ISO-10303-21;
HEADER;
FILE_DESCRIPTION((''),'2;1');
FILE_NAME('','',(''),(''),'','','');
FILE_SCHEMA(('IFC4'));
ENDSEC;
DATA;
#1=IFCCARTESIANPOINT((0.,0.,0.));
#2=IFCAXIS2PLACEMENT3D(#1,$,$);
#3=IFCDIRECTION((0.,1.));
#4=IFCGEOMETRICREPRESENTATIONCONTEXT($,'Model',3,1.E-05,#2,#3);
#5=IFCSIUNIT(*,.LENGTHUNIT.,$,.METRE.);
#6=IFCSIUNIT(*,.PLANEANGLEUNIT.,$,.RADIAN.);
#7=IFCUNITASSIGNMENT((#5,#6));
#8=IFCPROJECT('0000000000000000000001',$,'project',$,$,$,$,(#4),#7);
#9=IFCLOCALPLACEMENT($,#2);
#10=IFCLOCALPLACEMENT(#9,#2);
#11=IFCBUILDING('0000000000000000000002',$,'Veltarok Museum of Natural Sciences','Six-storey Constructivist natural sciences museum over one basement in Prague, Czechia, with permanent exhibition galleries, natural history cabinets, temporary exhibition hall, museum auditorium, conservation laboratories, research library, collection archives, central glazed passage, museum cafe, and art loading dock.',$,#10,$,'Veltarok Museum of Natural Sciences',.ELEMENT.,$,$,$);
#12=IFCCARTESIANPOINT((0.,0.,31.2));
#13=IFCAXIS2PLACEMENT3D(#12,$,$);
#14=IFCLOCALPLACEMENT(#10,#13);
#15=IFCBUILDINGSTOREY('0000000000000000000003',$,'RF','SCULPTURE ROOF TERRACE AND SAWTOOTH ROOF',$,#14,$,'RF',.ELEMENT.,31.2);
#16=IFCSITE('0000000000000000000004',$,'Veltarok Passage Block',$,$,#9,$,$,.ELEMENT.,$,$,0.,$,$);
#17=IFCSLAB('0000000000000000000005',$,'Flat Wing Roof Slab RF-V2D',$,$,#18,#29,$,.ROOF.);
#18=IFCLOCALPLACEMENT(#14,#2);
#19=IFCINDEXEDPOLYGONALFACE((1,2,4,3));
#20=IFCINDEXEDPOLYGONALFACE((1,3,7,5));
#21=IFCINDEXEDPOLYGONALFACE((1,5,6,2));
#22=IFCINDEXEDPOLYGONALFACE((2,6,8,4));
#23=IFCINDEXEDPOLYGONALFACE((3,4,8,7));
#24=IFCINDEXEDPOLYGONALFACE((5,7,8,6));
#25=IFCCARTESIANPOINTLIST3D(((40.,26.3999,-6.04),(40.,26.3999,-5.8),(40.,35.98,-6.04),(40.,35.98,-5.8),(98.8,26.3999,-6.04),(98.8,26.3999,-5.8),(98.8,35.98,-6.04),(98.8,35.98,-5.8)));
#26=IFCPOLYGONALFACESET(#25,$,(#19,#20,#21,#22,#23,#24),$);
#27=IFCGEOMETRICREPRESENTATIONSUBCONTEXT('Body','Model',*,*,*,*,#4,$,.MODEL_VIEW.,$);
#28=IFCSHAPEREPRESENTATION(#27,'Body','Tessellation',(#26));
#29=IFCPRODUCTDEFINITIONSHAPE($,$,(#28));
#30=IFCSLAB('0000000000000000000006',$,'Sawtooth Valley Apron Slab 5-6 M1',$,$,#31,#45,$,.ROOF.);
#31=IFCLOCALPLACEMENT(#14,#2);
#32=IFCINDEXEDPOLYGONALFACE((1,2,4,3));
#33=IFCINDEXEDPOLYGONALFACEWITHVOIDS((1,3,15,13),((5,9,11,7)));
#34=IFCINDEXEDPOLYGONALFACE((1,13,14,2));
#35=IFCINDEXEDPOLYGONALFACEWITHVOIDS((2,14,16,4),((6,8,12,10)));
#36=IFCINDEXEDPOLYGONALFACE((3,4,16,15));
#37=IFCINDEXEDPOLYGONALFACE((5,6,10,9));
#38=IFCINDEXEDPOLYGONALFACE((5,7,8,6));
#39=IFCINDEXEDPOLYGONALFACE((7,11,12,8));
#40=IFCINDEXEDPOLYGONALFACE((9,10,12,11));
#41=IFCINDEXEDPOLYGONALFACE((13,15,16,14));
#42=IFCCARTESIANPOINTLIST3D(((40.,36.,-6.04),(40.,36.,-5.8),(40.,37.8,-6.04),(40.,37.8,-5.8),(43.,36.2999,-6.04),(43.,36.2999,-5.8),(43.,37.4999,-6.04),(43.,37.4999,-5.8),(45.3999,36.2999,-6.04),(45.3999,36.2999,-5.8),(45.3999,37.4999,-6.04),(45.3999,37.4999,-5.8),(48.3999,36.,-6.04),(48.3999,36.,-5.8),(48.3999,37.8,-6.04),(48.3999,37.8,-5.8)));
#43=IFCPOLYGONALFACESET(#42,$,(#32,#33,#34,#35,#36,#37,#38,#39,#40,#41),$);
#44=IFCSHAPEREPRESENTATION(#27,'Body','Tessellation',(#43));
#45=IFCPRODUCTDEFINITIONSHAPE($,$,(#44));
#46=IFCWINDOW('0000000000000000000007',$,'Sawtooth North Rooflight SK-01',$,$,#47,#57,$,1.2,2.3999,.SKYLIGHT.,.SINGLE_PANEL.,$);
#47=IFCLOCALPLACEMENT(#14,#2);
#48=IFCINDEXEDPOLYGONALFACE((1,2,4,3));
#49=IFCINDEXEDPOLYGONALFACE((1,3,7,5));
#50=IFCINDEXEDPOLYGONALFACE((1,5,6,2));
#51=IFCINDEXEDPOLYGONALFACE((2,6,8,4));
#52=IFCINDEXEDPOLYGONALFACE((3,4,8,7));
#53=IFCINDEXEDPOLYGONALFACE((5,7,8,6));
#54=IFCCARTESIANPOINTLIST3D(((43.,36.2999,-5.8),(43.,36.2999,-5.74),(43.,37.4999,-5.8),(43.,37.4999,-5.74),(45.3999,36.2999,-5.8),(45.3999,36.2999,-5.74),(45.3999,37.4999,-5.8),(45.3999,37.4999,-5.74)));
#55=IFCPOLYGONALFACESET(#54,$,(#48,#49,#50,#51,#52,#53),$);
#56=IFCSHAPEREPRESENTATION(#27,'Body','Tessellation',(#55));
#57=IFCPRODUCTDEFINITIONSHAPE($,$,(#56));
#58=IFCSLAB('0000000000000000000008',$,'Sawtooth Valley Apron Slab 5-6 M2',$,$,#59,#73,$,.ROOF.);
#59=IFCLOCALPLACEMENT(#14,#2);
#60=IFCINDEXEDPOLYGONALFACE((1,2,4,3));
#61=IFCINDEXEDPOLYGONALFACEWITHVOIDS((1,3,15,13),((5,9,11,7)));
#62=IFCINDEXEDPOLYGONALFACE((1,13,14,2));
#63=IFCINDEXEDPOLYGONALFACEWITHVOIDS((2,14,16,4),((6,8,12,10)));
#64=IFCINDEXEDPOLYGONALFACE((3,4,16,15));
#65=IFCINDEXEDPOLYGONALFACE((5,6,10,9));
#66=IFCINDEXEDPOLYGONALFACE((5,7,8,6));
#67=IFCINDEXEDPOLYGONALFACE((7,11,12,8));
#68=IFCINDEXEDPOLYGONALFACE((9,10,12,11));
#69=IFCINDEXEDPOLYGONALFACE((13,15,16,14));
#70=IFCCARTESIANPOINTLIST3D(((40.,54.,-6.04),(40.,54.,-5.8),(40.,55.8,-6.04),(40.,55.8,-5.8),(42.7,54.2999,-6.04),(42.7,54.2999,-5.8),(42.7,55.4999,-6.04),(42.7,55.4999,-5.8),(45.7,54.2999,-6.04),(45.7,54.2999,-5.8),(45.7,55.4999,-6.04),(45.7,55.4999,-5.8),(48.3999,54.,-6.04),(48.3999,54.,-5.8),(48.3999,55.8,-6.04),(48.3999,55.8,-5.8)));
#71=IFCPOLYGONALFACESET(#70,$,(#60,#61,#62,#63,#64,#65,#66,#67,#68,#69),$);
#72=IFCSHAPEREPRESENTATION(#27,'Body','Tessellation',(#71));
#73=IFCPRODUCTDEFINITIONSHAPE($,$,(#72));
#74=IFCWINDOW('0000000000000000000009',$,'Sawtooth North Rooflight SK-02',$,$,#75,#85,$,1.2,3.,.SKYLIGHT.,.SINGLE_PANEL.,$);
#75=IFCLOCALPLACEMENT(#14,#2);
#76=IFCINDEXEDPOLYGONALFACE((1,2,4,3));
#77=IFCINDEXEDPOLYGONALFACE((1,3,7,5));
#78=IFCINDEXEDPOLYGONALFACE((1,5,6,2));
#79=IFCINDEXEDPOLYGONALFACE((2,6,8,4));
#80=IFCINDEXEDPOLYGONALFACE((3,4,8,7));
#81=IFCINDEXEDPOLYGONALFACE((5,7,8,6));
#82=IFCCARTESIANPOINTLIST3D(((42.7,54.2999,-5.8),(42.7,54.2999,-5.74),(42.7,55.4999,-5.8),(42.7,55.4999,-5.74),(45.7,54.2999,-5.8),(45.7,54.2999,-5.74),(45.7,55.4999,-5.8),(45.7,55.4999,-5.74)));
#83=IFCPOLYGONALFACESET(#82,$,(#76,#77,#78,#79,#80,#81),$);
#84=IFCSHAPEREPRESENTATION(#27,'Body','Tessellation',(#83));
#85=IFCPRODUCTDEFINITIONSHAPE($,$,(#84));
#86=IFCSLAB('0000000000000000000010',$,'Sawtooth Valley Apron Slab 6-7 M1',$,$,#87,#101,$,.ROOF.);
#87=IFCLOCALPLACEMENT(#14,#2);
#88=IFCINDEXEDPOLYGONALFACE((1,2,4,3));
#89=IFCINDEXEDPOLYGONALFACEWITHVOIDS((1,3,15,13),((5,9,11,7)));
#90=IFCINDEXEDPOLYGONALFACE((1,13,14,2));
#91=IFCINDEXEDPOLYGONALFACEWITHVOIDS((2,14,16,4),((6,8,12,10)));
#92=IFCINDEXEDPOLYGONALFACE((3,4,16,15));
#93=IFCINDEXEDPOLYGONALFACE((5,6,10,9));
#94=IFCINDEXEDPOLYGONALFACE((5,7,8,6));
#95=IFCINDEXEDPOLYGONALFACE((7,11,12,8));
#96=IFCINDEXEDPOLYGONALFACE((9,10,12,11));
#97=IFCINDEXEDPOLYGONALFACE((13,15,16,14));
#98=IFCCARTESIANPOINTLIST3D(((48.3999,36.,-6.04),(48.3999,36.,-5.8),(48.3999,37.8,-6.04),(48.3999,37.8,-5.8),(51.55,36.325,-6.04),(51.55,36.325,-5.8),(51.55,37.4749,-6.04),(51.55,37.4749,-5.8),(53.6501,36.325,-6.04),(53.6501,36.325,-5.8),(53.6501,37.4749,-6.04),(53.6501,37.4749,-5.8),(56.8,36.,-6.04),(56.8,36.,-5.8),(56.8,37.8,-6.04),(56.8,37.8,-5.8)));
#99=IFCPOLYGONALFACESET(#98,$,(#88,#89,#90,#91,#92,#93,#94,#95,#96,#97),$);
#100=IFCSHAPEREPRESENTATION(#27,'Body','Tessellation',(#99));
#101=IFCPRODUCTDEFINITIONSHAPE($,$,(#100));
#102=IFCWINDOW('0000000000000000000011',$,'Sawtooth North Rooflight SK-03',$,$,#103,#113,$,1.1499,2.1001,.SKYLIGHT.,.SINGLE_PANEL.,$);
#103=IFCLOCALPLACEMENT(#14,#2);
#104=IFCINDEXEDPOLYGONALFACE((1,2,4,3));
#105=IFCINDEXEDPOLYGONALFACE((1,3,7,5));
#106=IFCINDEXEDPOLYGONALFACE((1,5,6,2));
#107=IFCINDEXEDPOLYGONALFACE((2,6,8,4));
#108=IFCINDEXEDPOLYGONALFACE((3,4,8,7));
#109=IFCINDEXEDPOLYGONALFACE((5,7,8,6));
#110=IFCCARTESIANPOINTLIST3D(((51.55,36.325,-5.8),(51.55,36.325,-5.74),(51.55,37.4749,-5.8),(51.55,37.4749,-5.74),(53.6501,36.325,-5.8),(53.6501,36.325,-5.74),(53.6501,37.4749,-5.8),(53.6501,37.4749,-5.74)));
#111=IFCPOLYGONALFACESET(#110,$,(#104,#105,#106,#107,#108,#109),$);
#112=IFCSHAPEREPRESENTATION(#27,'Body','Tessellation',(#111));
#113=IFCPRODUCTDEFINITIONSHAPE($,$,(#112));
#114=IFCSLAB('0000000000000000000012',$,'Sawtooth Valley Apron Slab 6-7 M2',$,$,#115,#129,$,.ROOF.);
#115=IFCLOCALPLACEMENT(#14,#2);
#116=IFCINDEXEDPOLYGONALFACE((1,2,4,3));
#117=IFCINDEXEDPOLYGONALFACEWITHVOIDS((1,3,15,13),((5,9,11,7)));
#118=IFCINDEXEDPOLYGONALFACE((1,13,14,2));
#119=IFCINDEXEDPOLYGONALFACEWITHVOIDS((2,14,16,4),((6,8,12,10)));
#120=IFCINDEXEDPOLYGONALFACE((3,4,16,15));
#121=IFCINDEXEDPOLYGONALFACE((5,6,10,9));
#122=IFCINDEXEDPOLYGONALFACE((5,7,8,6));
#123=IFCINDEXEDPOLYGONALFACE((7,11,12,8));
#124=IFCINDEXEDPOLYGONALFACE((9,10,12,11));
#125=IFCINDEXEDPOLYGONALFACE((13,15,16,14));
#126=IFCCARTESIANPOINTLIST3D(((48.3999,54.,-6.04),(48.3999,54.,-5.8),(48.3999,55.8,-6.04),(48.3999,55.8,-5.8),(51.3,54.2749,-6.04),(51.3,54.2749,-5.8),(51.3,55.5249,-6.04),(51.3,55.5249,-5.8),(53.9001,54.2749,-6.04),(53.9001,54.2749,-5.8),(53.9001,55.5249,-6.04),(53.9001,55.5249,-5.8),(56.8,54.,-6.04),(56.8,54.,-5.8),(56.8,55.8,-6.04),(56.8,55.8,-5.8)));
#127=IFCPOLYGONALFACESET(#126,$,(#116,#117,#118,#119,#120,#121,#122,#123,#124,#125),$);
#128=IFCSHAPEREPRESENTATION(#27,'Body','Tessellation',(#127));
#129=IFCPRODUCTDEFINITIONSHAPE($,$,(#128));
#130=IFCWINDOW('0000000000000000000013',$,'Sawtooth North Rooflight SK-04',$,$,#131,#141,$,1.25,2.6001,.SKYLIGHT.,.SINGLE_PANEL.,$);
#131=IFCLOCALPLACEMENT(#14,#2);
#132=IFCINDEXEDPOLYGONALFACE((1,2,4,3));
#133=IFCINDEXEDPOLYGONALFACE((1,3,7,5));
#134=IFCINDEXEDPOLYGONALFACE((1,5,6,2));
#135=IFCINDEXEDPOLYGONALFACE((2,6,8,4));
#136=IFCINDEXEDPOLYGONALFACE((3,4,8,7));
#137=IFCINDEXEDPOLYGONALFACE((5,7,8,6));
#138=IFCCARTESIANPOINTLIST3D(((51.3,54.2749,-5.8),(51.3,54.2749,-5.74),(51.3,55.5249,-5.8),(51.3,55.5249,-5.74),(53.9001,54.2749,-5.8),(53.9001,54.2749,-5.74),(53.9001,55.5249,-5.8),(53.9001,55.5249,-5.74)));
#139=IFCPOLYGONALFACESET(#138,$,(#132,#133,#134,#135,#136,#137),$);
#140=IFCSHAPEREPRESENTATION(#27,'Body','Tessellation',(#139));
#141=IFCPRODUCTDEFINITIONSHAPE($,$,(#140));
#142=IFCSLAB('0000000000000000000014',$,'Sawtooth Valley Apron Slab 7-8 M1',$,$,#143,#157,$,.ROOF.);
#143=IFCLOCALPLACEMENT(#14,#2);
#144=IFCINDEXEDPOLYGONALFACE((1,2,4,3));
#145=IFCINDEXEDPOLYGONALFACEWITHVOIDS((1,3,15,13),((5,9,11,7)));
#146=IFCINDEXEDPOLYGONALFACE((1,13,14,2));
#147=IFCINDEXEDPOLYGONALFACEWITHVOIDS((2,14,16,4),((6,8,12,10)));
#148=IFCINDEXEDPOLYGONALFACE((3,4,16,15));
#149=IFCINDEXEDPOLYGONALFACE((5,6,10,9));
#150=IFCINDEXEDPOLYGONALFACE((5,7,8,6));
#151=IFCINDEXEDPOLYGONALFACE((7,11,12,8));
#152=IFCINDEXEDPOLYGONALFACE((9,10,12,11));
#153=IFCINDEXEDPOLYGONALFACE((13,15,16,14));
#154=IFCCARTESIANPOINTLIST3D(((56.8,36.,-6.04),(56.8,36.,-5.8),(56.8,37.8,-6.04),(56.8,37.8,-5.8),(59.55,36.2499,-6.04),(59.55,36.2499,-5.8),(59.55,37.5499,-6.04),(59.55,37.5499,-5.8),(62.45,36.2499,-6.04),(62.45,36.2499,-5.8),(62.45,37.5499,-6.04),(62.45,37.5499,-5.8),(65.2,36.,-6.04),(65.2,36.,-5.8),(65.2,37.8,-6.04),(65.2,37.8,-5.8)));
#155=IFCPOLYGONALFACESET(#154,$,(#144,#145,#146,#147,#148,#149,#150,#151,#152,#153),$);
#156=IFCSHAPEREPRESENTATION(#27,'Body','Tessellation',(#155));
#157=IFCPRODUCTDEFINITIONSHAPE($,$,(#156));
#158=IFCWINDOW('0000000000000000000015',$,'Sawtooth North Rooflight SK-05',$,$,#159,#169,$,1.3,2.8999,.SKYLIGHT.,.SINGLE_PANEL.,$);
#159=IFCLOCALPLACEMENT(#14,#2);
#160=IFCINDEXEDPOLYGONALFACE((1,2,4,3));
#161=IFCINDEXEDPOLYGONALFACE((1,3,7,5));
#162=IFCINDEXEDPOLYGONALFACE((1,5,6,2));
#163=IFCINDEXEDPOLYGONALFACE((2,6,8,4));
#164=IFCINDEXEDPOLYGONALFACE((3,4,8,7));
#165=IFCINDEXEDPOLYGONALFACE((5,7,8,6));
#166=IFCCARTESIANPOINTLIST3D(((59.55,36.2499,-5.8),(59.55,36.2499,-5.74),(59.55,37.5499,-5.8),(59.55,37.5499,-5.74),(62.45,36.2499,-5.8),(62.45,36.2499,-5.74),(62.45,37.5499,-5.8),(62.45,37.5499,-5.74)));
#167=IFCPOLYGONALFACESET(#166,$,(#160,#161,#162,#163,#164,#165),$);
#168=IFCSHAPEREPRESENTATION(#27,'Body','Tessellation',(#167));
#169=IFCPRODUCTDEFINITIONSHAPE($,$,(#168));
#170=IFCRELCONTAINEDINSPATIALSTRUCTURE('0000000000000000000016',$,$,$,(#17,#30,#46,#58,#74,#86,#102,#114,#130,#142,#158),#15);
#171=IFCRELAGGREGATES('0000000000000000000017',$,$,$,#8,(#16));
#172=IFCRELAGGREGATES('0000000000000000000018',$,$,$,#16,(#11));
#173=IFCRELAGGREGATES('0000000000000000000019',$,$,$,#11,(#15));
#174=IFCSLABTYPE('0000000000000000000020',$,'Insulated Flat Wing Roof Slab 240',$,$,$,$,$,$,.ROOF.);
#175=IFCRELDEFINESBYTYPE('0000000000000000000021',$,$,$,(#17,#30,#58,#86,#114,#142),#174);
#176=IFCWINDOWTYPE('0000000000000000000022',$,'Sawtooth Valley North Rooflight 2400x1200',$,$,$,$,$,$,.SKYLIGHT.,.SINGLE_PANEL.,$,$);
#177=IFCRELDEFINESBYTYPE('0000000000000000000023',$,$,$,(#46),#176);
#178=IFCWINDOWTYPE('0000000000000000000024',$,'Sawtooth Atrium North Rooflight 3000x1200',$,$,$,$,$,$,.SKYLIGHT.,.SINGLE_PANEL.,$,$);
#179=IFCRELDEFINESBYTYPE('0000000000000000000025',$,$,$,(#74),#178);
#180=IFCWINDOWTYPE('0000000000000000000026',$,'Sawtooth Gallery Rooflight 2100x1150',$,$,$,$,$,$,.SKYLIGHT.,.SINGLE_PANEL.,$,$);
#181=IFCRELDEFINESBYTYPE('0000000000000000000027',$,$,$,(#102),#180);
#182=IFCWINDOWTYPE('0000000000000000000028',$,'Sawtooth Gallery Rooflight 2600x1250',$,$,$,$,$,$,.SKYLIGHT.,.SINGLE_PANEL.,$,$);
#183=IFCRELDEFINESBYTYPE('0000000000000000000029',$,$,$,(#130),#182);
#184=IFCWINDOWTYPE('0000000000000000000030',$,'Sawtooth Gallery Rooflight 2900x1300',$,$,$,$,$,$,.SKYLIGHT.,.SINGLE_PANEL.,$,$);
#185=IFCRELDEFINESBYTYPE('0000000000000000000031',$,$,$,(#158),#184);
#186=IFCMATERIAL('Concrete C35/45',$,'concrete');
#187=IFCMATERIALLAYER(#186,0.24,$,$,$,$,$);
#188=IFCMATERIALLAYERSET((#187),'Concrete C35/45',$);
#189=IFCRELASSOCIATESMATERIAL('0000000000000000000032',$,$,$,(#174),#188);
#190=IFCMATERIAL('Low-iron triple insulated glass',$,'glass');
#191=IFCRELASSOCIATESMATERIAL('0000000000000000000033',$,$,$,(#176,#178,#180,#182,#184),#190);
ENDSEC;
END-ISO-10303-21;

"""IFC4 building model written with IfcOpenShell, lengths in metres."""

from ifc_helpers import new_model, si_unit, direction, frame, origin, origin_2d, place, context, subcontext, project, spatial, polyline, rectangle, outline, extrude, material, layer, layer_set, type_object, element, fill, save


model = new_model("IFC4")

# Units and contexts
model_context = context("Model", 3, precision=1e-05, world=origin(), true_north=direction((0.0, 1.0)))
body_context = subcontext(model_context, "Body", "Model", "MODEL_VIEW")
ifc_project = project(units=[si_unit("LENGTHUNIT", "METRE"), si_unit("PLANEANGLEUNIT", "RADIAN")], contexts=[model_context])

# Site, building, storey
site_placement = place(None, origin())
site = spatial("IfcSite", under=ifc_project, at=site_placement, Name="Veltarok Passage Block", CompositionType="ELEMENT", RefElevation=0.0)
building_placement = place(site_placement, origin())
building = spatial("IfcBuilding", under=site, at=building_placement, Name="Veltarok Museum of Natural Sciences", Description="Six-storey Constructivist natural sciences museum over one basement in Prague, Czechia, with permanent exhibition galleries, natural history cabinets, temporary exhibition hall, museum auditorium, conservation laboratories, research library, collection archives, central glazed passage, museum cafe, and art loading dock.", LongName="Veltarok Museum of Natural Sciences", CompositionType="ELEMENT")
storey_placement = place(building_placement, frame((0.0, 0.0, 31.2)))
storey = spatial("IfcBuildingStorey", under=building, at=storey_placement, Name="RF", Description="SCULPTURE ROOF TERRACE AND SAWTOOTH ROOF", LongName="RF", CompositionType="ELEMENT", Elevation=31.2)

# Slab
ifc_material_1 = material(Name="Concrete C35/45", Category="concrete")
ifc_layer = layer(ifc_material_1, 0.24)
ifc_layer_set = layer_set([ifc_layer], Name="Concrete C35/45")
slab_type = type_object("IfcSlabType", Name="Insulated Flat Wing Roof Slab 240", PredefinedType="ROOF", material=ifc_layer_set)
slab_1_placement = place(storey_placement, frame((0.0, 0.0, -6.04)))
element("IfcSlab", 1, at=slab_1_placement, inside=storey, type_object=slab_type, Name="Flat Wing Roof Slab RF-V2D", PredefinedType="ROOF", context=body_context, shape_type="SweptSolid", body=[
    extrude(outline(polyline([(40.0, 26.3999), (40.0, 35.98), (98.8, 35.98), (98.8, 26.3999), (40.0, 26.3999)])), origin(), (0.0, 0.0, 1.0), 0.24),
])

# Slabs, openings, windows
slab_2_placement = place(storey_placement, frame((0.0, 0.0, -6.04)))
slab_2 = element("IfcSlab", 2, at=slab_2_placement, inside=storey, type_object=slab_type, Name="Sawtooth Valley Apron Slab 5-6 M1", PredefinedType="ROOF", context=body_context, shape_type="SweptSolid", body=[
    extrude(outline(polyline([(40.0, 36.0), (48.3999, 36.0), (48.3999, 37.8), (40.0, 37.8), (40.0, 36.0)])), origin(), (0.0, 0.0, 1.0), 0.24),
])
opening_1_placement = place(slab_2_placement, frame((44.2, 36.8999, -0.01)))
opening_1 = element("IfcOpeningElement", 3, at=opening_1_placement, cuts=slab_2, PredefinedType="OPENING", context=body_context, shape_type="SweptSolid", body=[
    extrude(rectangle(XDim=2.3999, YDim=1.2, at=origin_2d()), origin(), (0.0, 0.0, 1.0), 0.3201),
])
ifc_material_2 = material(Name="Low-iron triple insulated glass", Category="glass")
window_type_1 = type_object("IfcWindowType", Name="Sawtooth Valley North Rooflight 2400x1200", PartitioningType="SINGLE_PANEL", PredefinedType="SKYLIGHT", material=ifc_material_2)
window_1_placement = place(slab_2_placement, frame((44.2, 36.8999, 0.24)))
window_1 = element("IfcWindow", 4, at=window_1_placement, inside=storey, type_object=window_type_1, Name="Sawtooth North Rooflight SK-01", OverallHeight=1.2, OverallWidth=2.3999, PartitioningType="SINGLE_PANEL", PredefinedType="SKYLIGHT", context=body_context, shape_type="SweptSolid", body=[
    extrude(rectangle(XDim=2.3999, YDim=1.2, at=origin_2d()), origin(), (0.0, 0.0, 1.0), 0.0601),
])
fill(opening_1, window_1)
slab_3_placement = place(storey_placement, frame((0.0, 0.0, -6.04)))
slab_3 = element("IfcSlab", 5, at=slab_3_placement, inside=storey, type_object=slab_type, Name="Sawtooth Valley Apron Slab 5-6 M2", PredefinedType="ROOF", context=body_context, shape_type="SweptSolid", body=[
    extrude(outline(polyline([(40.0, 54.0), (48.3999, 54.0), (48.3999, 55.8), (40.0, 55.8), (40.0, 54.0)])), origin(), (0.0, 0.0, 1.0), 0.24),
])
opening_2_placement = place(slab_3_placement, frame((44.2, 54.8999, -0.01)))
opening_2 = element("IfcOpeningElement", 6, at=opening_2_placement, cuts=slab_3, PredefinedType="OPENING", context=body_context, shape_type="SweptSolid", body=[
    extrude(rectangle(XDim=3.0, YDim=1.2, at=origin_2d()), origin(), (0.0, 0.0, 1.0), 0.3201),
])
window_type_2 = type_object("IfcWindowType", Name="Sawtooth Atrium North Rooflight 3000x1200", PartitioningType="SINGLE_PANEL", PredefinedType="SKYLIGHT", material=ifc_material_2)
window_2_placement = place(slab_3_placement, frame((44.2, 54.8999, 0.24)))
window_2 = element("IfcWindow", 7, at=window_2_placement, inside=storey, type_object=window_type_2, Name="Sawtooth North Rooflight SK-02", OverallHeight=1.2, OverallWidth=3.0, PartitioningType="SINGLE_PANEL", PredefinedType="SKYLIGHT", context=body_context, shape_type="SweptSolid", body=[
    extrude(rectangle(XDim=3.0, YDim=1.2, at=origin_2d()), origin(), (0.0, 0.0, 1.0), 0.0601),
])
fill(opening_2, window_2)
slab_4_placement = place(storey_placement, frame((0.0, 0.0, -6.04)))
slab_4 = element("IfcSlab", 8, at=slab_4_placement, inside=storey, type_object=slab_type, Name="Sawtooth Valley Apron Slab 6-7 M1", PredefinedType="ROOF", context=body_context, shape_type="SweptSolid", body=[
    extrude(outline(polyline([(48.3999, 36.0), (56.8, 36.0), (56.8, 37.8), (48.3999, 37.8), (48.3999, 36.0)])), origin(), (0.0, 0.0, 1.0), 0.24),
])
opening_3_placement = place(slab_4_placement, frame((52.6001, 36.8999, -0.01)))
opening_3 = element("IfcOpeningElement", 9, at=opening_3_placement, cuts=slab_4, PredefinedType="OPENING", context=body_context, shape_type="SweptSolid", body=[
    extrude(rectangle(XDim=2.1001, YDim=1.1499, at=origin_2d()), origin(), (0.0, 0.0, 1.0), 0.3201),
])
window_type_3 = type_object("IfcWindowType", Name="Sawtooth Gallery Rooflight 2100x1150", PartitioningType="SINGLE_PANEL", PredefinedType="SKYLIGHT", material=ifc_material_2)
window_3_placement = place(slab_4_placement, frame((52.6001, 36.8999, 0.24)))
window_3 = element("IfcWindow", 10, at=window_3_placement, inside=storey, type_object=window_type_3, Name="Sawtooth North Rooflight SK-03", OverallHeight=1.1499, OverallWidth=2.1001, PartitioningType="SINGLE_PANEL", PredefinedType="SKYLIGHT", context=body_context, shape_type="SweptSolid", body=[
    extrude(rectangle(XDim=2.1001, YDim=1.1499, at=origin_2d()), origin(), (0.0, 0.0, 1.0), 0.0601),
])
fill(opening_3, window_3)
slab_5_placement = place(storey_placement, frame((0.0, 0.0, -6.04)))
slab_5 = element("IfcSlab", 11, at=slab_5_placement, inside=storey, type_object=slab_type, Name="Sawtooth Valley Apron Slab 6-7 M2", PredefinedType="ROOF", context=body_context, shape_type="SweptSolid", body=[
    extrude(outline(polyline([(48.3999, 54.0), (56.8, 54.0), (56.8, 55.8), (48.3999, 55.8), (48.3999, 54.0)])), origin(), (0.0, 0.0, 1.0), 0.24),
])
opening_4_placement = place(slab_5_placement, frame((52.6001, 54.8999, -0.01)))
opening_4 = element("IfcOpeningElement", 12, at=opening_4_placement, cuts=slab_5, PredefinedType="OPENING", context=body_context, shape_type="SweptSolid", body=[
    extrude(rectangle(XDim=2.6001, YDim=1.25, at=origin_2d()), origin(), (0.0, 0.0, 1.0), 0.3201),
])
window_type_4 = type_object("IfcWindowType", Name="Sawtooth Gallery Rooflight 2600x1250", PartitioningType="SINGLE_PANEL", PredefinedType="SKYLIGHT", material=ifc_material_2)
window_4_placement = place(slab_5_placement, frame((52.6001, 54.8999, 0.24)))
window_4 = element("IfcWindow", 13, at=window_4_placement, inside=storey, type_object=window_type_4, Name="Sawtooth North Rooflight SK-04", OverallHeight=1.25, OverallWidth=2.6001, PartitioningType="SINGLE_PANEL", PredefinedType="SKYLIGHT", context=body_context, shape_type="SweptSolid", body=[
    extrude(rectangle(XDim=2.6001, YDim=1.25, at=origin_2d()), origin(), (0.0, 0.0, 1.0), 0.0601),
])
fill(opening_4, window_4)
slab_6_placement = place(storey_placement, frame((0.0, 0.0, -6.04)))
slab_6 = element("IfcSlab", 14, at=slab_6_placement, inside=storey, type_object=slab_type, Name="Sawtooth Valley Apron Slab 7-8 M1", PredefinedType="ROOF", context=body_context, shape_type="SweptSolid", body=[
    extrude(outline(polyline([(56.8, 36.0), (65.2, 36.0), (65.2, 37.8), (56.8, 37.8), (56.8, 36.0)])), origin(), (0.0, 0.0, 1.0), 0.24),
])
opening_5_placement = place(slab_6_placement, frame((61.0, 36.8999, -0.01)))
opening_5 = element("IfcOpeningElement", 15, at=opening_5_placement, cuts=slab_6, PredefinedType="OPENING", context=body_context, shape_type="SweptSolid", body=[
    extrude(rectangle(XDim=2.8999, YDim=1.3, at=origin_2d()), origin(), (0.0, 0.0, 1.0), 0.3201),
])
window_type_5 = type_object("IfcWindowType", Name="Sawtooth Gallery Rooflight 2900x1300", PartitioningType="SINGLE_PANEL", PredefinedType="SKYLIGHT", material=ifc_material_2)
window_5_placement = place(slab_6_placement, frame((61.0, 36.8999, 0.24)))
window_5 = element("IfcWindow", 16, at=window_5_placement, inside=storey, type_object=window_type_5, Name="Sawtooth North Rooflight SK-05", OverallHeight=1.3, OverallWidth=2.8999, PartitioningType="SINGLE_PANEL", PredefinedType="SKYLIGHT", context=body_context, shape_type="SweptSolid", body=[
    extrude(rectangle(XDim=2.8999, YDim=1.3, at=origin_2d()), origin(), (0.0, 0.0, 1.0), 0.0601),
])
fill(opening_5, window_5)

save(model, "model.ifc")
